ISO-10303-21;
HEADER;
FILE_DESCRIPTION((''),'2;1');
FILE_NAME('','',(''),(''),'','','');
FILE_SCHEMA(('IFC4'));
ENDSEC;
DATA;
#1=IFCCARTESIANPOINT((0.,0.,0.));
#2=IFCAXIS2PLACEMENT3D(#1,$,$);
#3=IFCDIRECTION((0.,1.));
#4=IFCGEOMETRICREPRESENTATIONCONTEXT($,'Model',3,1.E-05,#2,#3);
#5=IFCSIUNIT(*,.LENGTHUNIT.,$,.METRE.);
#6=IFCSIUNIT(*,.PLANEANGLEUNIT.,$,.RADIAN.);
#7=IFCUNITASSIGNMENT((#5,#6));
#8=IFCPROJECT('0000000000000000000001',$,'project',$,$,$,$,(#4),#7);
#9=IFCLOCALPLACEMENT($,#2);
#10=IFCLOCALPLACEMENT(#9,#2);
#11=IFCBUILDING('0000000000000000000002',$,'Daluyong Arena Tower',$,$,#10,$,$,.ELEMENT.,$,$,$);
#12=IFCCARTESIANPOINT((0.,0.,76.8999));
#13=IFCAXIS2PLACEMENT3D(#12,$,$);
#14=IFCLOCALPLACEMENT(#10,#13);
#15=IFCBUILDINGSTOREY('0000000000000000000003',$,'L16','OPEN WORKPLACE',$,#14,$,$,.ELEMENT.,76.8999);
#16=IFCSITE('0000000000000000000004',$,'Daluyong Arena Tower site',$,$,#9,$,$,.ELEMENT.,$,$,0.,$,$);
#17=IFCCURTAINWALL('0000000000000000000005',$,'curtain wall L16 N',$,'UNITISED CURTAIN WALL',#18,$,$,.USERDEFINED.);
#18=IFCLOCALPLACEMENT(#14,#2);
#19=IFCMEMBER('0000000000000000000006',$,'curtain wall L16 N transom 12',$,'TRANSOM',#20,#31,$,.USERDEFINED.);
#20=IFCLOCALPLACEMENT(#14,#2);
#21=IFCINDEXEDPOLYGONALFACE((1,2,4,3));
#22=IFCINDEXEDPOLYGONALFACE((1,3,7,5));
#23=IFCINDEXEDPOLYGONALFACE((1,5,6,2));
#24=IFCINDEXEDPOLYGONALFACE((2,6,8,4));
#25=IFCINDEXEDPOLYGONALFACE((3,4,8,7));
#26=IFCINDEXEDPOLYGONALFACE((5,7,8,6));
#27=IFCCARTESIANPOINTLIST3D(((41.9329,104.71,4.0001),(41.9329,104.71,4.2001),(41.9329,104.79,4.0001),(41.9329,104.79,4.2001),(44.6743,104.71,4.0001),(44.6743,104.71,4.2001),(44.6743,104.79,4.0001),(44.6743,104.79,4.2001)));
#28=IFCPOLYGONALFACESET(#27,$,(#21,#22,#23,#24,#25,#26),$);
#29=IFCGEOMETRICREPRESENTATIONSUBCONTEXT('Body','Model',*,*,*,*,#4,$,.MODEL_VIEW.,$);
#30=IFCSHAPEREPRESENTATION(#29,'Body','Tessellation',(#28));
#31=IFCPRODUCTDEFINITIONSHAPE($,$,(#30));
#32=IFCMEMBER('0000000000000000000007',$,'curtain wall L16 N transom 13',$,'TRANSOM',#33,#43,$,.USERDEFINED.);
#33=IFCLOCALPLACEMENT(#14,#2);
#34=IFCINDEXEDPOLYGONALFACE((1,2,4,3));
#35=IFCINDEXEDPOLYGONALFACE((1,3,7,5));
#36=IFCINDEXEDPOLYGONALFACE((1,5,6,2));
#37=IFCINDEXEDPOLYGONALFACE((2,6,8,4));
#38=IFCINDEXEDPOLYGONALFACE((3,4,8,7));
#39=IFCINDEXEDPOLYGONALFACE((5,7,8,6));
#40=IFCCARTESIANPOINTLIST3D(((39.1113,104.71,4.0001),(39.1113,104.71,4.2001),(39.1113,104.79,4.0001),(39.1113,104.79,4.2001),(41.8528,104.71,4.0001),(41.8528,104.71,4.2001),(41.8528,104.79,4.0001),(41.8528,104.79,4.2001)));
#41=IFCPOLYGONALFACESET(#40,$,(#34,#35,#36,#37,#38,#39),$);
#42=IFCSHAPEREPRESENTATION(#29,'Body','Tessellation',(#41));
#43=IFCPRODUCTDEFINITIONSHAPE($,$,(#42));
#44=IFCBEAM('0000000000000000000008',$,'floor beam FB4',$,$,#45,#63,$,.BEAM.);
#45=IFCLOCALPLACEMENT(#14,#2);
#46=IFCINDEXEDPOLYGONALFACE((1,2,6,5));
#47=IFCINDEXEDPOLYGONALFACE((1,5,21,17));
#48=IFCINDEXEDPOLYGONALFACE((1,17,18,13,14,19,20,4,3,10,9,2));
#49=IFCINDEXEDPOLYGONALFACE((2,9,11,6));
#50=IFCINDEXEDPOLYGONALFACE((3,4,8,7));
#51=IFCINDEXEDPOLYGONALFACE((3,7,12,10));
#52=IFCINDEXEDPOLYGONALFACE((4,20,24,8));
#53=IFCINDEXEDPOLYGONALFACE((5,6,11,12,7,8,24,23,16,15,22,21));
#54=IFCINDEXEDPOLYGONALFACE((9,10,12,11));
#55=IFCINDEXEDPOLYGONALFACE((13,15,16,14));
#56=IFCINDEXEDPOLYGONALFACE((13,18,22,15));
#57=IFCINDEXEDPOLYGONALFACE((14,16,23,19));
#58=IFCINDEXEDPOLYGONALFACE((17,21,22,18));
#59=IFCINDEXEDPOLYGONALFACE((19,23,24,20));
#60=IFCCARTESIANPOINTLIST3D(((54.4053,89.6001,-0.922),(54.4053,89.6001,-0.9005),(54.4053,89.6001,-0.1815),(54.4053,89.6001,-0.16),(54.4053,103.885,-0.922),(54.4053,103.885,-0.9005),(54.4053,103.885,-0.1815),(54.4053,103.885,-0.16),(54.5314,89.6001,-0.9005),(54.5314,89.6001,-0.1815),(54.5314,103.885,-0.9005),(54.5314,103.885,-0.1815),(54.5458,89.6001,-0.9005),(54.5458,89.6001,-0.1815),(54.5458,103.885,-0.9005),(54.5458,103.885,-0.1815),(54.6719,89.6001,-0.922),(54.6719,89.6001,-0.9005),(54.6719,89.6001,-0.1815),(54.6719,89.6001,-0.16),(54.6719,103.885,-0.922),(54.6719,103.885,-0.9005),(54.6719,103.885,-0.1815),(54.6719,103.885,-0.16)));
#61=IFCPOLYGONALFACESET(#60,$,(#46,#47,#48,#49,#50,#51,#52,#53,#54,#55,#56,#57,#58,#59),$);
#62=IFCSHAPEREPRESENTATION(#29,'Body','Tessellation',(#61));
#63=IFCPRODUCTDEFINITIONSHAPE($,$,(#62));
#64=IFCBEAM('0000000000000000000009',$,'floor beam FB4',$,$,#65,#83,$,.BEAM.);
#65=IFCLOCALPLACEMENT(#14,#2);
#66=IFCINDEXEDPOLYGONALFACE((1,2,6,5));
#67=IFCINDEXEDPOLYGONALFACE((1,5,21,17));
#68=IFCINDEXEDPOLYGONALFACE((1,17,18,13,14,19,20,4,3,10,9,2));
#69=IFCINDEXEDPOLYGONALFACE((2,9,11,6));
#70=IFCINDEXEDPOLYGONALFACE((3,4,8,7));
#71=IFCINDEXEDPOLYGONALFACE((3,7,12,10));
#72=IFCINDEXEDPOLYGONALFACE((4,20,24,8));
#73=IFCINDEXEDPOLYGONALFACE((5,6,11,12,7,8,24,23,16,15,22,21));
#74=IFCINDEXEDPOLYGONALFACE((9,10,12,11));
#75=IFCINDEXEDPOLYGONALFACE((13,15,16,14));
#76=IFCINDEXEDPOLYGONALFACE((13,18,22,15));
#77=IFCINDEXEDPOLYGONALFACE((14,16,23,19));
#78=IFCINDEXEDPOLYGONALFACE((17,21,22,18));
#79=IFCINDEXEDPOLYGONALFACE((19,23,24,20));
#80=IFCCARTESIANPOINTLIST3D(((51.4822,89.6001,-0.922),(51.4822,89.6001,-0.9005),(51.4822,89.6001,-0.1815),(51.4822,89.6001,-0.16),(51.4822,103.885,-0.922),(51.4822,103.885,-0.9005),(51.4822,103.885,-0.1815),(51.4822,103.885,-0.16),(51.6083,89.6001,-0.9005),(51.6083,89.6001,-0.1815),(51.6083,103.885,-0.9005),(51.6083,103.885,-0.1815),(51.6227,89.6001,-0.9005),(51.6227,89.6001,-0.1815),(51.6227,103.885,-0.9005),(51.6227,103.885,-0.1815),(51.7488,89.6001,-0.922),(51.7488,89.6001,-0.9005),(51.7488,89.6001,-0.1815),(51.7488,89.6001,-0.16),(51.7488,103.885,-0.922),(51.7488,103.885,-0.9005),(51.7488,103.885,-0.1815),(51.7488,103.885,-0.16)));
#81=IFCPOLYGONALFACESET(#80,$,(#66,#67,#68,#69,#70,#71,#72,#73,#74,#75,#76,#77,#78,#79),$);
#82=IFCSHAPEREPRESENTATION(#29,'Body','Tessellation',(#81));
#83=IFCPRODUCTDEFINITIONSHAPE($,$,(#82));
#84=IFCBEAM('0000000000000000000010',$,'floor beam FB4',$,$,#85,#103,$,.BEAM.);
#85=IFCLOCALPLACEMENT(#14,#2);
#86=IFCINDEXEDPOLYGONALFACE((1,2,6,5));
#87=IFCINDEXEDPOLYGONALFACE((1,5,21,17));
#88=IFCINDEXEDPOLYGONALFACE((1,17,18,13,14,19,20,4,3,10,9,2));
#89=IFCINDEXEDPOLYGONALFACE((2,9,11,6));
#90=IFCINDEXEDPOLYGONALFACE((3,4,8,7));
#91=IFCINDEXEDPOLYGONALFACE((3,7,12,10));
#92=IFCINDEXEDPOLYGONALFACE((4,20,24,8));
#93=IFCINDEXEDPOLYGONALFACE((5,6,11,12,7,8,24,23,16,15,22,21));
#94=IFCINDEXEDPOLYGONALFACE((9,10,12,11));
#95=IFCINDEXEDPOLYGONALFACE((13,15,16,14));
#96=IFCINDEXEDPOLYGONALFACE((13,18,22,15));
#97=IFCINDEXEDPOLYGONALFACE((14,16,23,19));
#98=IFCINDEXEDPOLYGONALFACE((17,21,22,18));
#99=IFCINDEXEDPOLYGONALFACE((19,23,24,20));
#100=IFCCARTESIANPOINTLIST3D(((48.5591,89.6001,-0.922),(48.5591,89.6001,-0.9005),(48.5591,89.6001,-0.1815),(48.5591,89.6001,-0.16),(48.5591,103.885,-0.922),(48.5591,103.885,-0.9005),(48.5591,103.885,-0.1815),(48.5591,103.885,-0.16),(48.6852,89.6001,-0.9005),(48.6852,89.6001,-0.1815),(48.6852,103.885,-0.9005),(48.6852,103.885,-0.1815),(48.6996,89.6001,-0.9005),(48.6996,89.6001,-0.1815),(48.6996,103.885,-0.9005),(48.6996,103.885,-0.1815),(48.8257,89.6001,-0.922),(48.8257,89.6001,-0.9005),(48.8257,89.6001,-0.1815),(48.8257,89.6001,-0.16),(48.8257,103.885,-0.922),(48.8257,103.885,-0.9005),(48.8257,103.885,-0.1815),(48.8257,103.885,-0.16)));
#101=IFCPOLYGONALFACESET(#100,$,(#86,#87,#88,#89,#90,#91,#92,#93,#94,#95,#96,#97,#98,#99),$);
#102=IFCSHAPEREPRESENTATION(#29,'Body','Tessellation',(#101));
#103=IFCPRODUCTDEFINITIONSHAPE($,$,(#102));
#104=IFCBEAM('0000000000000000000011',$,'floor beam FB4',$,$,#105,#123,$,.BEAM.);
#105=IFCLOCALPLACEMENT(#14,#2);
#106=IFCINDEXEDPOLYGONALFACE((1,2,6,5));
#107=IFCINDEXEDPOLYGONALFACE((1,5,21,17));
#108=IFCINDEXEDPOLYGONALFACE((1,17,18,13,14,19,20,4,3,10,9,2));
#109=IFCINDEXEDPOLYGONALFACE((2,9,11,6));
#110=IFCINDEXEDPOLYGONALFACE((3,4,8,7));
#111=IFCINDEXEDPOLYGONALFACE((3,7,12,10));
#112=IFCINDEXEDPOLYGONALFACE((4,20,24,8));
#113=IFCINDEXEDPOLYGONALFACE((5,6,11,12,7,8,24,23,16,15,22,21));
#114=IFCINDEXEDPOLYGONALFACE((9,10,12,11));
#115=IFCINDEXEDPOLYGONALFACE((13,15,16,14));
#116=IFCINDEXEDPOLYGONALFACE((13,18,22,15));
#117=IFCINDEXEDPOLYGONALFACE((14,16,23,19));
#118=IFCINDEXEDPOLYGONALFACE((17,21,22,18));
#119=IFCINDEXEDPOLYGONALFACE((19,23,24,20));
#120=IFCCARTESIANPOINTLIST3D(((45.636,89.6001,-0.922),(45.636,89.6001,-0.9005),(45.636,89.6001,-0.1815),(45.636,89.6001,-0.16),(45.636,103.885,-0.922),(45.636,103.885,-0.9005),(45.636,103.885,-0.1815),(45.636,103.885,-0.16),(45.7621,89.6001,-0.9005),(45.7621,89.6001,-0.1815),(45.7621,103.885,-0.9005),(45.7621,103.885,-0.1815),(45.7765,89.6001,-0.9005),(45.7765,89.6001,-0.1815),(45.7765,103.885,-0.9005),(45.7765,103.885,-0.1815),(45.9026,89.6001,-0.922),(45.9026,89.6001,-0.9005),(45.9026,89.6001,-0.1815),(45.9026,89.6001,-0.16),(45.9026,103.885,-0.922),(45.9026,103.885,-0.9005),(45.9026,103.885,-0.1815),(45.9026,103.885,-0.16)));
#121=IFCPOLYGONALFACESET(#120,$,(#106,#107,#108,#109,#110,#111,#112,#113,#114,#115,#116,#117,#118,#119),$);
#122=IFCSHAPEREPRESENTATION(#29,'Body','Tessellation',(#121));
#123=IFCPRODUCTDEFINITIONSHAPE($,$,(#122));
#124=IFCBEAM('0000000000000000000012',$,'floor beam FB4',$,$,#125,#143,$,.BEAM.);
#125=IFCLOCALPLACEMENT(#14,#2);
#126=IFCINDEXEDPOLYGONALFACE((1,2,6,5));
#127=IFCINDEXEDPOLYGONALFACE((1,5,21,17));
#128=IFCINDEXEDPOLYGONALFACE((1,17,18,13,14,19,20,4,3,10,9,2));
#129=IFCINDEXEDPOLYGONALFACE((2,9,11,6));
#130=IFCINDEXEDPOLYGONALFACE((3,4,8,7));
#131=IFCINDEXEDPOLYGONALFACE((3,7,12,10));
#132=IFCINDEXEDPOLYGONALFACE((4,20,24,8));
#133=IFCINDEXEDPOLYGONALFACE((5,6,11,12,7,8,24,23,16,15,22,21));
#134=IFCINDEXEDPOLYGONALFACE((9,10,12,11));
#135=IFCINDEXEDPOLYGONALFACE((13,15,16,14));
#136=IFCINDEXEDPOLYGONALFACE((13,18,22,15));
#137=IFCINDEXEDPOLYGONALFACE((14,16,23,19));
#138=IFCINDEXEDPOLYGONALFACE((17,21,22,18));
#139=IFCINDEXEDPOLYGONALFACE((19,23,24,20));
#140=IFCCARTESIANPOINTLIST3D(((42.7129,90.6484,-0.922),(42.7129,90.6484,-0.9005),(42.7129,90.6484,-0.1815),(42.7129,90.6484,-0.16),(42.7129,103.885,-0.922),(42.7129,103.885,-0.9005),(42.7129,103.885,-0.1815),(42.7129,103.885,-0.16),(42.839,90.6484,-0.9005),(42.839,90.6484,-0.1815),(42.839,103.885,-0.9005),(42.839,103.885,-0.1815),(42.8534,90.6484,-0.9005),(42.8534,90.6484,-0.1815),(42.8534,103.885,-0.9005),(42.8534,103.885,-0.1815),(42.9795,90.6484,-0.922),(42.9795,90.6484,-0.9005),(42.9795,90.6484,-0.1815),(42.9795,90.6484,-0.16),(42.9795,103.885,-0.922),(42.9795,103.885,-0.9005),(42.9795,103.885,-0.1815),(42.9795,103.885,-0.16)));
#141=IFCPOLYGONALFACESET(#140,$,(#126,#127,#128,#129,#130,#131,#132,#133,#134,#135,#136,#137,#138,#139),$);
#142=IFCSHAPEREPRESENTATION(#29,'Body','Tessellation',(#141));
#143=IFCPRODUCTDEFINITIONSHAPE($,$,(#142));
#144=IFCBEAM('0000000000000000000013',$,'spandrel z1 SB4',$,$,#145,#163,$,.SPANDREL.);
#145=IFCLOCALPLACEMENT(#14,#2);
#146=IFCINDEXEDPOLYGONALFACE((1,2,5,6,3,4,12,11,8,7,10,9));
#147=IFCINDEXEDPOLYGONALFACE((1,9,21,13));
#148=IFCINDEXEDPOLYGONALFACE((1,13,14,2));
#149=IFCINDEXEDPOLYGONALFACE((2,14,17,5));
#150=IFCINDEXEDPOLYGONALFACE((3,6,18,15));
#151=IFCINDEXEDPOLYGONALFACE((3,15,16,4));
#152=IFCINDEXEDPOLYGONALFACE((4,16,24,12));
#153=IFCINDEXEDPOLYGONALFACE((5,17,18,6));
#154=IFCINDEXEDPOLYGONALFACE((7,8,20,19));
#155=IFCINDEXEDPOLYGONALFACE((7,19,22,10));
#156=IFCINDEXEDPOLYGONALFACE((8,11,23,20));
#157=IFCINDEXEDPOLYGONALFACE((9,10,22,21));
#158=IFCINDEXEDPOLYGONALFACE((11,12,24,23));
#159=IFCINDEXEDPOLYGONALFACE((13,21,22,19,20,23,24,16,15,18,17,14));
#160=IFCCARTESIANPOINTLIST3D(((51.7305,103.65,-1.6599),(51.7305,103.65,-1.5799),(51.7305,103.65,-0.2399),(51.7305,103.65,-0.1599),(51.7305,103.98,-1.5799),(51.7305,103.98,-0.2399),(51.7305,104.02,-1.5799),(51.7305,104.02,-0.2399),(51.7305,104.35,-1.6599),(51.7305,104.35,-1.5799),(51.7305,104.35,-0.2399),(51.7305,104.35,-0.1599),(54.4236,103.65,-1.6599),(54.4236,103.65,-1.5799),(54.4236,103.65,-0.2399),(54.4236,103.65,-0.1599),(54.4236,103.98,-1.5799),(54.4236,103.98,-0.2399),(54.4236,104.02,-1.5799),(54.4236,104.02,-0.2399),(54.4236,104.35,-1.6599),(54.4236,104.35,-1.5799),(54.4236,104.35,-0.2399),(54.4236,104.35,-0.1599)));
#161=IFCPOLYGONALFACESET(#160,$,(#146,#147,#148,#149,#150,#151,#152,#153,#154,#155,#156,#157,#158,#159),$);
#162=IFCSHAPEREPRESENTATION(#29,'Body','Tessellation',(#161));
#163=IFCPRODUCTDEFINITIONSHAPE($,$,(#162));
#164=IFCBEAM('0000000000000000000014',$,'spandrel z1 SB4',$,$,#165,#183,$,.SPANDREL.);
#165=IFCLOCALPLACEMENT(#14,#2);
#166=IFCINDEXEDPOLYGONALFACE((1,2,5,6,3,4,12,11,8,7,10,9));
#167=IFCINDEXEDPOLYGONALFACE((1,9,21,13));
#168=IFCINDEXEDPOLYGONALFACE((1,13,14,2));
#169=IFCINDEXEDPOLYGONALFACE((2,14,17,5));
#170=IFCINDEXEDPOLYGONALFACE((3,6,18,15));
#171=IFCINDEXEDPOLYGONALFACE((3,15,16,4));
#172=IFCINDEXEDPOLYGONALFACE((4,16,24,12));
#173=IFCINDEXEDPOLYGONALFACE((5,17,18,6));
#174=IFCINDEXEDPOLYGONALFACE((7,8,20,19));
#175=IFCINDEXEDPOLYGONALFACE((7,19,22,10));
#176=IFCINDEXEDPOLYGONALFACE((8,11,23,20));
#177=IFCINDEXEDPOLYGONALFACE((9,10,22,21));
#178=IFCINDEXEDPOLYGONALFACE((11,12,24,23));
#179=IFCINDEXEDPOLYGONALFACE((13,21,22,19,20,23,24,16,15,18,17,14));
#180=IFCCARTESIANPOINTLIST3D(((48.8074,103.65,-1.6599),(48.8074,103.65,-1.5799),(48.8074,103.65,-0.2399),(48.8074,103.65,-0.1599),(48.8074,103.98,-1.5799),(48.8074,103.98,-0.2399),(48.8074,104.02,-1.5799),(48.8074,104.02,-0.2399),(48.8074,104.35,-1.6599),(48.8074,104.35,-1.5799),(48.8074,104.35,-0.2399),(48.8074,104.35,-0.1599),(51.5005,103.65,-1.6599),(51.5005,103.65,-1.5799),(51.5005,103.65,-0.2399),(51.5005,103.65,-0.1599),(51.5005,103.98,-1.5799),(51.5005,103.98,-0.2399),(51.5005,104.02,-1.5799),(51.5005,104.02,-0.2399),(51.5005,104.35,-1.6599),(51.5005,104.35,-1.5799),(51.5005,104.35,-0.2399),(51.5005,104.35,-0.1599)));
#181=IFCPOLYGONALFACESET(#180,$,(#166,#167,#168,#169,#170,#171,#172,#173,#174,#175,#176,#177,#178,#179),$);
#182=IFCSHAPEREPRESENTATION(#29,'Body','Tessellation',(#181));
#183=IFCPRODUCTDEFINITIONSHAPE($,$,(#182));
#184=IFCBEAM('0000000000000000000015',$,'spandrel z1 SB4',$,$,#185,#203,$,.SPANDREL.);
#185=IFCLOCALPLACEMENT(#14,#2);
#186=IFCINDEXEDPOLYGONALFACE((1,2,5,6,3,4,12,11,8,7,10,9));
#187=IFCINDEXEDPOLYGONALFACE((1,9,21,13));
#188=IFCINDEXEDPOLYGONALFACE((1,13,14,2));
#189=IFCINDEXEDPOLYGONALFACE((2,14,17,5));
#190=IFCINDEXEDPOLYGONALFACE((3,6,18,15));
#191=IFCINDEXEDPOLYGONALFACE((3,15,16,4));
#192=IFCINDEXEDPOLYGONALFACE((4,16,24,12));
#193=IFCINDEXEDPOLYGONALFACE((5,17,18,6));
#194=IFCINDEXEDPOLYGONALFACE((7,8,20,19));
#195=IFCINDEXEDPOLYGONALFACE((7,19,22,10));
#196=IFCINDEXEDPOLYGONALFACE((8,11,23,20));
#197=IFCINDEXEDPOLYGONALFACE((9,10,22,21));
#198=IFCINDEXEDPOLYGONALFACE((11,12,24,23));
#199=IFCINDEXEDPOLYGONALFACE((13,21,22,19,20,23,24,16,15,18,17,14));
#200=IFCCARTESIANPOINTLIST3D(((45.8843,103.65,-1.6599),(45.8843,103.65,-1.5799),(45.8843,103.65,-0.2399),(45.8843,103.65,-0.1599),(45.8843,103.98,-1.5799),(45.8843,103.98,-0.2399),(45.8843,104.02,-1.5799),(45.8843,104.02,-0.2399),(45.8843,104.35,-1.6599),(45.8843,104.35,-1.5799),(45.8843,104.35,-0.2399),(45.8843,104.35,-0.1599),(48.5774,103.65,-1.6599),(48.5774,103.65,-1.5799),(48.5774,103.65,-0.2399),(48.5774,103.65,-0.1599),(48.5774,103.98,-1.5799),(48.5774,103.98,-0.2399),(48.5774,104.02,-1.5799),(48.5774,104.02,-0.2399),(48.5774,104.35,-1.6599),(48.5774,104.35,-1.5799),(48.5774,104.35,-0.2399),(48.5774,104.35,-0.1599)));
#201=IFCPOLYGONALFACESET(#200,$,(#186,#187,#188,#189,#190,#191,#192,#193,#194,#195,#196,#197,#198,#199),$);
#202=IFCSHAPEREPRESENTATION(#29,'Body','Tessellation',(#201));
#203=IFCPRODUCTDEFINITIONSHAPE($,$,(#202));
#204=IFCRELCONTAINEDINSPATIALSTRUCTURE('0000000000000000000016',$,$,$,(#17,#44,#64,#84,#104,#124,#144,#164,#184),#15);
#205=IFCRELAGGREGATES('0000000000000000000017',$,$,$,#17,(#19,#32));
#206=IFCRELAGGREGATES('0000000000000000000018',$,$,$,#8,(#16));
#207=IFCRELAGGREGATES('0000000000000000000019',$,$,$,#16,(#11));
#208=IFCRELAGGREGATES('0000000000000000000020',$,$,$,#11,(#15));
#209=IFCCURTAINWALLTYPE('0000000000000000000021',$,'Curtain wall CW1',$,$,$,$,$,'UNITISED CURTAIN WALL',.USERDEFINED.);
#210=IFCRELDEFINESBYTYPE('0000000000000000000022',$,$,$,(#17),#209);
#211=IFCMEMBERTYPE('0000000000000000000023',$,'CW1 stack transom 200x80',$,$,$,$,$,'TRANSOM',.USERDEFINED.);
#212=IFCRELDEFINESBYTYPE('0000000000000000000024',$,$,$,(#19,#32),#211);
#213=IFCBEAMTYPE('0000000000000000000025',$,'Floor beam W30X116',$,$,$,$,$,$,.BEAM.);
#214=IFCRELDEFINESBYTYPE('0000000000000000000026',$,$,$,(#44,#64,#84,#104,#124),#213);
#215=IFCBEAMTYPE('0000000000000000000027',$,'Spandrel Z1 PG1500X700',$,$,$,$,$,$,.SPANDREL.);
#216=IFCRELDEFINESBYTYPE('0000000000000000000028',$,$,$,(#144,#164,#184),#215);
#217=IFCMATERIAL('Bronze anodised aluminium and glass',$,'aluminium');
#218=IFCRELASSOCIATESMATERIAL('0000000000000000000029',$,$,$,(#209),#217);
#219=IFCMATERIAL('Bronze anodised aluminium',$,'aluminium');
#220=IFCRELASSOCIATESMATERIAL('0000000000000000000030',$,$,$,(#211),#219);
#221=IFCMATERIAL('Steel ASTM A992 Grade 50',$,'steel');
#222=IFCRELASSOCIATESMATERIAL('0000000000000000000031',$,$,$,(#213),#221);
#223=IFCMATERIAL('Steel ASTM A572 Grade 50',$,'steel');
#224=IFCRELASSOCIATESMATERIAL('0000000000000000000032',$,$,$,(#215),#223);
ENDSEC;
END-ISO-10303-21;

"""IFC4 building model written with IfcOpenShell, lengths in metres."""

from ifc_helpers import new_model, si_unit, direction, frame, origin, origin_2d, place, context, subcontext, project, spatial, rectangle, i_section, extrude, material, material_profile, profile_set, type_object, element, aggregate, save


model = new_model("IFC4")

# Units and contexts
model_context = context("Model", 3, precision=1e-05, world=origin(), true_north=direction((0.0, 1.0)))
body_context = subcontext(model_context, "Body", "Model", "MODEL_VIEW")
ifc_project = project(units=[si_unit("LENGTHUNIT", "METRE"), si_unit("PLANEANGLEUNIT", "RADIAN")], contexts=[model_context])

# Site, building, storey
site_placement = place(None, origin())
site = spatial("IfcSite", under=ifc_project, at=site_placement, Name="Daluyong Arena Tower site", CompositionType="ELEMENT", RefElevation=0.0)
building_placement = place(site_placement, origin())
building = spatial("IfcBuilding", under=site, at=building_placement, Name="Daluyong Arena Tower", CompositionType="ELEMENT")
storey_placement = place(building_placement, frame((0.0, 0.0, 76.8999)))
storey = spatial("IfcBuildingStorey", under=building, at=storey_placement, Name="L16", Description="OPEN WORKPLACE", CompositionType="ELEMENT", Elevation=76.8999)

# Curtain wall, members
ifc_material_1 = material(Name="Bronze anodised aluminium and glass", Category="aluminium")
curtain_wall_type = type_object("IfcCurtainWallType", Name="Curtain wall CW1", ElementType="UNITISED CURTAIN WALL", PredefinedType="USERDEFINED", material=ifc_material_1)
curtain_wall_placement = place(storey_placement, origin())
curtain_wall = element("IfcCurtainWall", 1, at=curtain_wall_placement, inside=storey, type_object=curtain_wall_type, Name="curtain wall L16 N", ObjectType="UNITISED CURTAIN WALL", PredefinedType="USERDEFINED")
ifc_material_2 = material(Name="Bronze anodised aluminium", Category="aluminium")
ifc_material_profile_1 = material_profile(ifc_material_2, rectangle(XDim=0.0801, YDim=0.2, at=origin_2d()))
ifc_profile_set_1 = profile_set([ifc_material_profile_1], Name="Bronze anodised aluminium")
member_type_1 = type_object("IfcMemberType", Name="CW1 stack transom 200x80", ElementType="TRANSOM", PredefinedType="USERDEFINED", material=ifc_profile_set_1)
member_1_placement = place(storey_placement, frame((44.6743, 104.75, 4.1001), z_axis=(-1.0, 0.0, 0.0), x_axis=(0.0, -1.0, 0.0)))
member_1 = element("IfcMember", 2, at=member_1_placement, type_object=member_type_1, Name="curtain wall L16 N transom 12", ObjectType="TRANSOM", PredefinedType="USERDEFINED", context=body_context, shape_type="SweptSolid", body=[
    extrude(rectangle(XDim=0.0801, YDim=0.2, at=origin_2d()), origin(), (0.0, 0.0, 1.0), 2.7415),
])
member_2_placement = place(storey_placement, frame((41.8528, 104.75, 4.1001), z_axis=(-1.0, 0.0, 0.0), x_axis=(0.0, -1.0, 0.0)))
member_2 = element("IfcMember", 3, at=member_2_placement, type_object=member_type_1, Name="curtain wall L16 N transom 13", ObjectType="TRANSOM", PredefinedType="USERDEFINED", context=body_context, shape_type="SweptSolid", body=[
    extrude(rectangle(XDim=0.0801, YDim=0.2, at=origin_2d()), origin(), (0.0, 0.0, 1.0), 2.7415),
])

# Beams
ifc_material_3 = material(Name="Steel ASTM A992 Grade 50", Category="steel")
ifc_material_profile_2 = material_profile(ifc_material_3, i_section(OverallWidth=0.2666, OverallDepth=0.762, WebThickness=0.0144, FlangeThickness=0.0215, at=origin_2d()))
ifc_profile_set_2 = profile_set([ifc_material_profile_2], Name="Steel ASTM A992 Grade 50")
beam_type_1 = type_object("IfcBeamType", Name="Floor beam W30X116", PredefinedType="BEAM", material=ifc_profile_set_2)
for number, where, z_axis, x_axis, name in (
    (4, (54.5386, 103.885, -0.541), (0.0, -1.0, 0.0), (1.0, 0.0, 0.0), "floor beam FB4"),
    (5, (51.6155, 103.885, -0.541), (0.0, -1.0, 0.0), (1.0, 0.0, 0.0), "floor beam FB4"),
    (6, (48.6924, 103.885, -0.541), (0.0, -1.0, 0.0), (1.0, 0.0, 0.0), "floor beam FB4"),
    (7, (45.7693, 103.885, -0.541), (0.0, -1.0, 0.0), (1.0, 0.0, 0.0), "floor beam FB4"),
):
    element("IfcBeam", number, at=place(storey_placement, frame(where, z_axis=z_axis, x_axis=x_axis)), inside=storey, type_object=beam_type_1, Name=name, PredefinedType="BEAM", context=body_context, shape_type="SweptSolid", body=[
        extrude(i_section(OverallWidth=0.2666, OverallDepth=0.762, WebThickness=0.0144, FlangeThickness=0.0215, at=origin_2d()), origin(), (0.0, 0.0, 1.0), 14.2849),
    ])
beam_placement = place(storey_placement, frame((42.8462, 103.885, -0.541), z_axis=(0.0, -1.0, 0.0), x_axis=(1.0, 0.0, 0.0)))
element("IfcBeam", 8, at=beam_placement, inside=storey, type_object=beam_type_1, Name="floor beam FB4", PredefinedType="BEAM", context=body_context, shape_type="SweptSolid", body=[
    extrude(i_section(OverallWidth=0.2666, OverallDepth=0.762, WebThickness=0.0144, FlangeThickness=0.0215, at=origin_2d()), origin(), (0.0, 0.0, 1.0), 13.2366),
])
ifc_material_4 = material(Name="Steel ASTM A572 Grade 50", Category="steel")
ifc_material_profile_3 = material_profile(ifc_material_4, i_section(OverallWidth=0.7, OverallDepth=1.5, WebThickness=0.04, FlangeThickness=0.08, at=origin_2d()))
ifc_profile_set_3 = profile_set([ifc_material_profile_3], Name="Steel ASTM A572 Grade 50")
beam_type_2 = type_object("IfcBeamType", Name="Spandrel Z1 PG1500X700", PredefinedType="SPANDREL", material=ifc_profile_set_3)
for number, where, z_axis, x_axis, name in (
    (9, (54.4236, 104.0, -0.9099), (-1.0, 0.0, 0.0), (0.0, -1.0, 0.0), "spandrel z1 SB4"),
    (10, (51.5005, 104.0, -0.9099), (-1.0, 0.0, 0.0), (0.0, -1.0, 0.0), "spandrel z1 SB4"),
    (11, (48.5774, 104.0, -0.9099), (-1.0, 0.0, 0.0), (0.0, -1.0, 0.0), "spandrel z1 SB4"),
):
    element("IfcBeam", number, at=place(storey_placement, frame(where, z_axis=z_axis, x_axis=x_axis)), inside=storey, type_object=beam_type_2, Name=name, PredefinedType="SPANDREL", context=body_context, shape_type="SweptSolid", body=[
        extrude(i_section(OverallWidth=0.7, OverallDepth=1.5, WebThickness=0.04, FlangeThickness=0.08, at=origin_2d()), origin(), (0.0, 0.0, 1.0), 2.6931),
    ])

aggregate(curtain_wall, [member_1, member_2])

save(model, "model.ifc")
